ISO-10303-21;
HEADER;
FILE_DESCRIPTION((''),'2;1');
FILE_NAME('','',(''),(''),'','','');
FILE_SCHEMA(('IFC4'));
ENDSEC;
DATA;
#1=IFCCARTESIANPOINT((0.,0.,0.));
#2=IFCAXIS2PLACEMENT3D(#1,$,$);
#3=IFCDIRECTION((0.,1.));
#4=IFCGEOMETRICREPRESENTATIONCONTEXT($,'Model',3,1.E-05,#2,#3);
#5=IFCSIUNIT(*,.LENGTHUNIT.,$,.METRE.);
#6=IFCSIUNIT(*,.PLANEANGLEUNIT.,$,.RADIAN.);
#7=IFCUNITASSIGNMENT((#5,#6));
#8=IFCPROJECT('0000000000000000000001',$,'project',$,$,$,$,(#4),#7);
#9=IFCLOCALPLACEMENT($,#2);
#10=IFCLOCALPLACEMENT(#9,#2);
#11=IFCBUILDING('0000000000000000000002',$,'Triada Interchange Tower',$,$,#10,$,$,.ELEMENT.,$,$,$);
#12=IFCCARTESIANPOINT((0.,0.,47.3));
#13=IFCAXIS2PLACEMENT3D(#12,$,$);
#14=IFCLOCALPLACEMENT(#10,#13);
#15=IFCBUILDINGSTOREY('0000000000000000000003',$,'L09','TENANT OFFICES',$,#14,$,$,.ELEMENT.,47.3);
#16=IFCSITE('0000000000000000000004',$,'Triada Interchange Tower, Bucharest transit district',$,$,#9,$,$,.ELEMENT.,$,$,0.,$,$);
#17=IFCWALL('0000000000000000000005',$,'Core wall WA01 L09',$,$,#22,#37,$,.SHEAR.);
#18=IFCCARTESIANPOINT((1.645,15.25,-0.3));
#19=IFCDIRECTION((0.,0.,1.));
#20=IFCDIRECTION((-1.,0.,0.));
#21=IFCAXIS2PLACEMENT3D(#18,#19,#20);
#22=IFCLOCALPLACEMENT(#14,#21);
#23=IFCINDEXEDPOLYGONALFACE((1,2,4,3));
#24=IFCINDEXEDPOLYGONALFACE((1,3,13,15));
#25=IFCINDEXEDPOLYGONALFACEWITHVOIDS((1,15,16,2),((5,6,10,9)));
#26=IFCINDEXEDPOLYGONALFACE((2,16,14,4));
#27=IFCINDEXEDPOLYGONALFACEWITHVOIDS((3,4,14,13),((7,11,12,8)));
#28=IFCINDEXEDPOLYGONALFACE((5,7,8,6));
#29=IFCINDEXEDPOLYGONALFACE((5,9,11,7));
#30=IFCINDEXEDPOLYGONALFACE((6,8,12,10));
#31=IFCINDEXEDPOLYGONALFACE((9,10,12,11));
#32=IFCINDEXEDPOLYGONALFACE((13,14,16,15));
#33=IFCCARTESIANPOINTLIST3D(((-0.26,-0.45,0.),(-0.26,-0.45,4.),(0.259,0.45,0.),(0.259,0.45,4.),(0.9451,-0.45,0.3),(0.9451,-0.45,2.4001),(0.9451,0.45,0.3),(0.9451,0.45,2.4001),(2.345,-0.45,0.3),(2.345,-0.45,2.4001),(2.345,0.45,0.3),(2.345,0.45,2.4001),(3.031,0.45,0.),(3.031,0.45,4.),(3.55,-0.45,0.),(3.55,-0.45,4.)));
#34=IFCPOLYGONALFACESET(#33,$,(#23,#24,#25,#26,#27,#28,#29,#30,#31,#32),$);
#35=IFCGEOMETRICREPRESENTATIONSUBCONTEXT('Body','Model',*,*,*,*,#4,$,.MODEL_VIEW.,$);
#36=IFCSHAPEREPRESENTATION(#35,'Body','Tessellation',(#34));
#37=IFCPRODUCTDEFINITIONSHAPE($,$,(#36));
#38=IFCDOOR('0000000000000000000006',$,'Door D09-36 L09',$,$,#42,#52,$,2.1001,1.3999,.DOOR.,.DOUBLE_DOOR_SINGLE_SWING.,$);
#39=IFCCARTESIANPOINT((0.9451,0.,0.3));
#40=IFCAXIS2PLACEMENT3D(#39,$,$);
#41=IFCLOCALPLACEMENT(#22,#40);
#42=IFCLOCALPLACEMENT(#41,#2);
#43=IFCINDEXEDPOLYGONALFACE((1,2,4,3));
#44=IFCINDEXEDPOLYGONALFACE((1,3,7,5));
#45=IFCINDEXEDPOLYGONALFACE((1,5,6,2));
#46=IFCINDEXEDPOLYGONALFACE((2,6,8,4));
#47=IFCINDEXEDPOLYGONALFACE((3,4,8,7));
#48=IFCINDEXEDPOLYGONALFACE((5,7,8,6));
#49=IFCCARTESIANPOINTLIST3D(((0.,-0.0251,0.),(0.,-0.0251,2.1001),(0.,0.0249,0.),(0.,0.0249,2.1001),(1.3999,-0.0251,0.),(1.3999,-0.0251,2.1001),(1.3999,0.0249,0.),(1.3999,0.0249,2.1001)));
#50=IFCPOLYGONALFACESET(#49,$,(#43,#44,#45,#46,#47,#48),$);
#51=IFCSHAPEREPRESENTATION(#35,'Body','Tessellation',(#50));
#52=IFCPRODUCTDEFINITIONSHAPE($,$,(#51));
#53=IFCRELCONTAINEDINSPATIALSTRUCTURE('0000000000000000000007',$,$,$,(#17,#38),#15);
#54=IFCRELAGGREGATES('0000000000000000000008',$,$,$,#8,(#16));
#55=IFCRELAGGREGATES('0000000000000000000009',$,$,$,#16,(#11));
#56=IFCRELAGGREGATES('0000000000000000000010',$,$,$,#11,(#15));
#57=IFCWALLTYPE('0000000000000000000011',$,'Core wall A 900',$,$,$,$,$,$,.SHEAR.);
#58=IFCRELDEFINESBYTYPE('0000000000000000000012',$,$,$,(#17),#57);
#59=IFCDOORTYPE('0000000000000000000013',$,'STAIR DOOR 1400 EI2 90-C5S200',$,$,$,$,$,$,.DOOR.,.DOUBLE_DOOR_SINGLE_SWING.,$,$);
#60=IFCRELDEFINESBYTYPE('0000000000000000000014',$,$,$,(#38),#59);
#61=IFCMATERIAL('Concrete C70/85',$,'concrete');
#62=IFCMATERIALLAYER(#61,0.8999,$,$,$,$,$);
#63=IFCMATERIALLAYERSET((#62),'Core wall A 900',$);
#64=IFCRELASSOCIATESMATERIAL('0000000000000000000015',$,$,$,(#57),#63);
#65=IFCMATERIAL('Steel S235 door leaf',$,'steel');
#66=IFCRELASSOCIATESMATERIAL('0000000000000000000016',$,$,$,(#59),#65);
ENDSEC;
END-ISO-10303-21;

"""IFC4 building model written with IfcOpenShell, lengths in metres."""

from ifc_helpers import new_model, si_unit, direction, frame, frame_2d, origin, place, context, subcontext, project, spatial, polyline, rectangle, outline, extrude, material, layer, layer_set, type_object, element, fill, save


model = new_model("IFC4")

# Units and contexts
model_context = context("Model", 3, precision=1e-05, world=origin(), true_north=direction((0.0, 1.0)))
body_context = subcontext(model_context, "Body", "Model", "MODEL_VIEW")
ifc_project = project(units=[si_unit("LENGTHUNIT", "METRE"), si_unit("PLANEANGLEUNIT", "RADIAN")], contexts=[model_context])

# Site, building, storey
site_placement = place(None, origin())
site = spatial("IfcSite", under=ifc_project, at=site_placement, Name="Triada Interchange Tower, Bucharest transit district", CompositionType="ELEMENT", RefElevation=0.0)
building_placement = place(site_placement, origin())
building = spatial("IfcBuilding", under=site, at=building_placement, Name="Triada Interchange Tower", CompositionType="ELEMENT")
storey_placement = place(building_placement, frame((0.0, 0.0, 47.3)))
storey = spatial("IfcBuildingStorey", under=building, at=storey_placement, Name="L09", Description="TENANT OFFICES", CompositionType="ELEMENT", Elevation=47.3)

# Shared definitions
ifc_material_1 = material(Name="Concrete C70/85", Category="concrete")

# Wall, opening, door
ifc_layer_1 = layer(ifc_material_1, 0.8999)
ifc_layer_set_1 = layer_set([ifc_layer_1], Name="Core wall A 900")
wall_type_1 = type_object("IfcWallType", Name="Core wall A 900", PredefinedType="SHEAR", material=ifc_layer_set_1)
wall_1_placement = place(storey_placement, frame((1.645, 15.25, -0.3), z_axis=(0.0, 0.0, 1.0), x_axis=(-1.0, 0.0, 0.0)))
wall_1 = element("IfcWall", 1, at=wall_1_placement, inside=storey, type_object=wall_type_1, Name="Core wall WA01 L09", PredefinedType="SHEAR", context=body_context, shape_type="SweptSolid", body=[
    extrude(outline(polyline([(-0.26, -0.45), (1.645, -0.45), (3.55, -0.45), (3.031, 0.45), (1.645, 0.45), (0.259, 0.45), (-0.26, -0.45)])), origin(), (0.0, 0.0, 1.0), 4.0),
])
opening_placement = place(wall_1_placement, frame((0.9451, 0.0, 0.3)))
opening = element("IfcOpeningElement", 2, at=opening_placement, cuts=wall_1, PredefinedType="OPENING", context=body_context, shape_type="SweptSolid", body=[
    extrude(rectangle(XDim=1.3999, YDim=2.1001, at=frame_2d((0.7, 1.05))), frame((0.0, 0.46, 0.0), z_axis=(0.0, -1.0, 0.0), x_axis=(1.0, 0.0, 0.0)), (0.0, 0.0, 1.0), 0.9199),
])
ifc_material_2 = material(Name="Steel S235 door leaf", Category="steel")
door_type = type_object("IfcDoorType", Name="STAIR DOOR 1400 EI2 90-C5S200", OperationType="DOUBLE_DOOR_SINGLE_SWING", PredefinedType="DOOR", material=ifc_material_2)
door_placement = place(opening_placement, origin())
door = element("IfcDoor", 3, at=door_placement, inside=storey, type_object=door_type, Name="Door D09-36 L09", OperationType="DOUBLE_DOOR_SINGLE_SWING", OverallHeight=2.1001, OverallWidth=1.3999, PredefinedType="DOOR", context=body_context, shape_type="SweptSolid", body=[
    extrude(rectangle(XDim=1.3999, YDim=2.1001, at=frame_2d((0.7, 1.05))), frame((0.0, 0.0249, 0.0), z_axis=(0.0, -1.0, 0.0), x_axis=(1.0, 0.0, 0.0)), (0.0, 0.0, 1.0), 0.05),
])
fill(opening, door)

save(model, "model.ifc")
